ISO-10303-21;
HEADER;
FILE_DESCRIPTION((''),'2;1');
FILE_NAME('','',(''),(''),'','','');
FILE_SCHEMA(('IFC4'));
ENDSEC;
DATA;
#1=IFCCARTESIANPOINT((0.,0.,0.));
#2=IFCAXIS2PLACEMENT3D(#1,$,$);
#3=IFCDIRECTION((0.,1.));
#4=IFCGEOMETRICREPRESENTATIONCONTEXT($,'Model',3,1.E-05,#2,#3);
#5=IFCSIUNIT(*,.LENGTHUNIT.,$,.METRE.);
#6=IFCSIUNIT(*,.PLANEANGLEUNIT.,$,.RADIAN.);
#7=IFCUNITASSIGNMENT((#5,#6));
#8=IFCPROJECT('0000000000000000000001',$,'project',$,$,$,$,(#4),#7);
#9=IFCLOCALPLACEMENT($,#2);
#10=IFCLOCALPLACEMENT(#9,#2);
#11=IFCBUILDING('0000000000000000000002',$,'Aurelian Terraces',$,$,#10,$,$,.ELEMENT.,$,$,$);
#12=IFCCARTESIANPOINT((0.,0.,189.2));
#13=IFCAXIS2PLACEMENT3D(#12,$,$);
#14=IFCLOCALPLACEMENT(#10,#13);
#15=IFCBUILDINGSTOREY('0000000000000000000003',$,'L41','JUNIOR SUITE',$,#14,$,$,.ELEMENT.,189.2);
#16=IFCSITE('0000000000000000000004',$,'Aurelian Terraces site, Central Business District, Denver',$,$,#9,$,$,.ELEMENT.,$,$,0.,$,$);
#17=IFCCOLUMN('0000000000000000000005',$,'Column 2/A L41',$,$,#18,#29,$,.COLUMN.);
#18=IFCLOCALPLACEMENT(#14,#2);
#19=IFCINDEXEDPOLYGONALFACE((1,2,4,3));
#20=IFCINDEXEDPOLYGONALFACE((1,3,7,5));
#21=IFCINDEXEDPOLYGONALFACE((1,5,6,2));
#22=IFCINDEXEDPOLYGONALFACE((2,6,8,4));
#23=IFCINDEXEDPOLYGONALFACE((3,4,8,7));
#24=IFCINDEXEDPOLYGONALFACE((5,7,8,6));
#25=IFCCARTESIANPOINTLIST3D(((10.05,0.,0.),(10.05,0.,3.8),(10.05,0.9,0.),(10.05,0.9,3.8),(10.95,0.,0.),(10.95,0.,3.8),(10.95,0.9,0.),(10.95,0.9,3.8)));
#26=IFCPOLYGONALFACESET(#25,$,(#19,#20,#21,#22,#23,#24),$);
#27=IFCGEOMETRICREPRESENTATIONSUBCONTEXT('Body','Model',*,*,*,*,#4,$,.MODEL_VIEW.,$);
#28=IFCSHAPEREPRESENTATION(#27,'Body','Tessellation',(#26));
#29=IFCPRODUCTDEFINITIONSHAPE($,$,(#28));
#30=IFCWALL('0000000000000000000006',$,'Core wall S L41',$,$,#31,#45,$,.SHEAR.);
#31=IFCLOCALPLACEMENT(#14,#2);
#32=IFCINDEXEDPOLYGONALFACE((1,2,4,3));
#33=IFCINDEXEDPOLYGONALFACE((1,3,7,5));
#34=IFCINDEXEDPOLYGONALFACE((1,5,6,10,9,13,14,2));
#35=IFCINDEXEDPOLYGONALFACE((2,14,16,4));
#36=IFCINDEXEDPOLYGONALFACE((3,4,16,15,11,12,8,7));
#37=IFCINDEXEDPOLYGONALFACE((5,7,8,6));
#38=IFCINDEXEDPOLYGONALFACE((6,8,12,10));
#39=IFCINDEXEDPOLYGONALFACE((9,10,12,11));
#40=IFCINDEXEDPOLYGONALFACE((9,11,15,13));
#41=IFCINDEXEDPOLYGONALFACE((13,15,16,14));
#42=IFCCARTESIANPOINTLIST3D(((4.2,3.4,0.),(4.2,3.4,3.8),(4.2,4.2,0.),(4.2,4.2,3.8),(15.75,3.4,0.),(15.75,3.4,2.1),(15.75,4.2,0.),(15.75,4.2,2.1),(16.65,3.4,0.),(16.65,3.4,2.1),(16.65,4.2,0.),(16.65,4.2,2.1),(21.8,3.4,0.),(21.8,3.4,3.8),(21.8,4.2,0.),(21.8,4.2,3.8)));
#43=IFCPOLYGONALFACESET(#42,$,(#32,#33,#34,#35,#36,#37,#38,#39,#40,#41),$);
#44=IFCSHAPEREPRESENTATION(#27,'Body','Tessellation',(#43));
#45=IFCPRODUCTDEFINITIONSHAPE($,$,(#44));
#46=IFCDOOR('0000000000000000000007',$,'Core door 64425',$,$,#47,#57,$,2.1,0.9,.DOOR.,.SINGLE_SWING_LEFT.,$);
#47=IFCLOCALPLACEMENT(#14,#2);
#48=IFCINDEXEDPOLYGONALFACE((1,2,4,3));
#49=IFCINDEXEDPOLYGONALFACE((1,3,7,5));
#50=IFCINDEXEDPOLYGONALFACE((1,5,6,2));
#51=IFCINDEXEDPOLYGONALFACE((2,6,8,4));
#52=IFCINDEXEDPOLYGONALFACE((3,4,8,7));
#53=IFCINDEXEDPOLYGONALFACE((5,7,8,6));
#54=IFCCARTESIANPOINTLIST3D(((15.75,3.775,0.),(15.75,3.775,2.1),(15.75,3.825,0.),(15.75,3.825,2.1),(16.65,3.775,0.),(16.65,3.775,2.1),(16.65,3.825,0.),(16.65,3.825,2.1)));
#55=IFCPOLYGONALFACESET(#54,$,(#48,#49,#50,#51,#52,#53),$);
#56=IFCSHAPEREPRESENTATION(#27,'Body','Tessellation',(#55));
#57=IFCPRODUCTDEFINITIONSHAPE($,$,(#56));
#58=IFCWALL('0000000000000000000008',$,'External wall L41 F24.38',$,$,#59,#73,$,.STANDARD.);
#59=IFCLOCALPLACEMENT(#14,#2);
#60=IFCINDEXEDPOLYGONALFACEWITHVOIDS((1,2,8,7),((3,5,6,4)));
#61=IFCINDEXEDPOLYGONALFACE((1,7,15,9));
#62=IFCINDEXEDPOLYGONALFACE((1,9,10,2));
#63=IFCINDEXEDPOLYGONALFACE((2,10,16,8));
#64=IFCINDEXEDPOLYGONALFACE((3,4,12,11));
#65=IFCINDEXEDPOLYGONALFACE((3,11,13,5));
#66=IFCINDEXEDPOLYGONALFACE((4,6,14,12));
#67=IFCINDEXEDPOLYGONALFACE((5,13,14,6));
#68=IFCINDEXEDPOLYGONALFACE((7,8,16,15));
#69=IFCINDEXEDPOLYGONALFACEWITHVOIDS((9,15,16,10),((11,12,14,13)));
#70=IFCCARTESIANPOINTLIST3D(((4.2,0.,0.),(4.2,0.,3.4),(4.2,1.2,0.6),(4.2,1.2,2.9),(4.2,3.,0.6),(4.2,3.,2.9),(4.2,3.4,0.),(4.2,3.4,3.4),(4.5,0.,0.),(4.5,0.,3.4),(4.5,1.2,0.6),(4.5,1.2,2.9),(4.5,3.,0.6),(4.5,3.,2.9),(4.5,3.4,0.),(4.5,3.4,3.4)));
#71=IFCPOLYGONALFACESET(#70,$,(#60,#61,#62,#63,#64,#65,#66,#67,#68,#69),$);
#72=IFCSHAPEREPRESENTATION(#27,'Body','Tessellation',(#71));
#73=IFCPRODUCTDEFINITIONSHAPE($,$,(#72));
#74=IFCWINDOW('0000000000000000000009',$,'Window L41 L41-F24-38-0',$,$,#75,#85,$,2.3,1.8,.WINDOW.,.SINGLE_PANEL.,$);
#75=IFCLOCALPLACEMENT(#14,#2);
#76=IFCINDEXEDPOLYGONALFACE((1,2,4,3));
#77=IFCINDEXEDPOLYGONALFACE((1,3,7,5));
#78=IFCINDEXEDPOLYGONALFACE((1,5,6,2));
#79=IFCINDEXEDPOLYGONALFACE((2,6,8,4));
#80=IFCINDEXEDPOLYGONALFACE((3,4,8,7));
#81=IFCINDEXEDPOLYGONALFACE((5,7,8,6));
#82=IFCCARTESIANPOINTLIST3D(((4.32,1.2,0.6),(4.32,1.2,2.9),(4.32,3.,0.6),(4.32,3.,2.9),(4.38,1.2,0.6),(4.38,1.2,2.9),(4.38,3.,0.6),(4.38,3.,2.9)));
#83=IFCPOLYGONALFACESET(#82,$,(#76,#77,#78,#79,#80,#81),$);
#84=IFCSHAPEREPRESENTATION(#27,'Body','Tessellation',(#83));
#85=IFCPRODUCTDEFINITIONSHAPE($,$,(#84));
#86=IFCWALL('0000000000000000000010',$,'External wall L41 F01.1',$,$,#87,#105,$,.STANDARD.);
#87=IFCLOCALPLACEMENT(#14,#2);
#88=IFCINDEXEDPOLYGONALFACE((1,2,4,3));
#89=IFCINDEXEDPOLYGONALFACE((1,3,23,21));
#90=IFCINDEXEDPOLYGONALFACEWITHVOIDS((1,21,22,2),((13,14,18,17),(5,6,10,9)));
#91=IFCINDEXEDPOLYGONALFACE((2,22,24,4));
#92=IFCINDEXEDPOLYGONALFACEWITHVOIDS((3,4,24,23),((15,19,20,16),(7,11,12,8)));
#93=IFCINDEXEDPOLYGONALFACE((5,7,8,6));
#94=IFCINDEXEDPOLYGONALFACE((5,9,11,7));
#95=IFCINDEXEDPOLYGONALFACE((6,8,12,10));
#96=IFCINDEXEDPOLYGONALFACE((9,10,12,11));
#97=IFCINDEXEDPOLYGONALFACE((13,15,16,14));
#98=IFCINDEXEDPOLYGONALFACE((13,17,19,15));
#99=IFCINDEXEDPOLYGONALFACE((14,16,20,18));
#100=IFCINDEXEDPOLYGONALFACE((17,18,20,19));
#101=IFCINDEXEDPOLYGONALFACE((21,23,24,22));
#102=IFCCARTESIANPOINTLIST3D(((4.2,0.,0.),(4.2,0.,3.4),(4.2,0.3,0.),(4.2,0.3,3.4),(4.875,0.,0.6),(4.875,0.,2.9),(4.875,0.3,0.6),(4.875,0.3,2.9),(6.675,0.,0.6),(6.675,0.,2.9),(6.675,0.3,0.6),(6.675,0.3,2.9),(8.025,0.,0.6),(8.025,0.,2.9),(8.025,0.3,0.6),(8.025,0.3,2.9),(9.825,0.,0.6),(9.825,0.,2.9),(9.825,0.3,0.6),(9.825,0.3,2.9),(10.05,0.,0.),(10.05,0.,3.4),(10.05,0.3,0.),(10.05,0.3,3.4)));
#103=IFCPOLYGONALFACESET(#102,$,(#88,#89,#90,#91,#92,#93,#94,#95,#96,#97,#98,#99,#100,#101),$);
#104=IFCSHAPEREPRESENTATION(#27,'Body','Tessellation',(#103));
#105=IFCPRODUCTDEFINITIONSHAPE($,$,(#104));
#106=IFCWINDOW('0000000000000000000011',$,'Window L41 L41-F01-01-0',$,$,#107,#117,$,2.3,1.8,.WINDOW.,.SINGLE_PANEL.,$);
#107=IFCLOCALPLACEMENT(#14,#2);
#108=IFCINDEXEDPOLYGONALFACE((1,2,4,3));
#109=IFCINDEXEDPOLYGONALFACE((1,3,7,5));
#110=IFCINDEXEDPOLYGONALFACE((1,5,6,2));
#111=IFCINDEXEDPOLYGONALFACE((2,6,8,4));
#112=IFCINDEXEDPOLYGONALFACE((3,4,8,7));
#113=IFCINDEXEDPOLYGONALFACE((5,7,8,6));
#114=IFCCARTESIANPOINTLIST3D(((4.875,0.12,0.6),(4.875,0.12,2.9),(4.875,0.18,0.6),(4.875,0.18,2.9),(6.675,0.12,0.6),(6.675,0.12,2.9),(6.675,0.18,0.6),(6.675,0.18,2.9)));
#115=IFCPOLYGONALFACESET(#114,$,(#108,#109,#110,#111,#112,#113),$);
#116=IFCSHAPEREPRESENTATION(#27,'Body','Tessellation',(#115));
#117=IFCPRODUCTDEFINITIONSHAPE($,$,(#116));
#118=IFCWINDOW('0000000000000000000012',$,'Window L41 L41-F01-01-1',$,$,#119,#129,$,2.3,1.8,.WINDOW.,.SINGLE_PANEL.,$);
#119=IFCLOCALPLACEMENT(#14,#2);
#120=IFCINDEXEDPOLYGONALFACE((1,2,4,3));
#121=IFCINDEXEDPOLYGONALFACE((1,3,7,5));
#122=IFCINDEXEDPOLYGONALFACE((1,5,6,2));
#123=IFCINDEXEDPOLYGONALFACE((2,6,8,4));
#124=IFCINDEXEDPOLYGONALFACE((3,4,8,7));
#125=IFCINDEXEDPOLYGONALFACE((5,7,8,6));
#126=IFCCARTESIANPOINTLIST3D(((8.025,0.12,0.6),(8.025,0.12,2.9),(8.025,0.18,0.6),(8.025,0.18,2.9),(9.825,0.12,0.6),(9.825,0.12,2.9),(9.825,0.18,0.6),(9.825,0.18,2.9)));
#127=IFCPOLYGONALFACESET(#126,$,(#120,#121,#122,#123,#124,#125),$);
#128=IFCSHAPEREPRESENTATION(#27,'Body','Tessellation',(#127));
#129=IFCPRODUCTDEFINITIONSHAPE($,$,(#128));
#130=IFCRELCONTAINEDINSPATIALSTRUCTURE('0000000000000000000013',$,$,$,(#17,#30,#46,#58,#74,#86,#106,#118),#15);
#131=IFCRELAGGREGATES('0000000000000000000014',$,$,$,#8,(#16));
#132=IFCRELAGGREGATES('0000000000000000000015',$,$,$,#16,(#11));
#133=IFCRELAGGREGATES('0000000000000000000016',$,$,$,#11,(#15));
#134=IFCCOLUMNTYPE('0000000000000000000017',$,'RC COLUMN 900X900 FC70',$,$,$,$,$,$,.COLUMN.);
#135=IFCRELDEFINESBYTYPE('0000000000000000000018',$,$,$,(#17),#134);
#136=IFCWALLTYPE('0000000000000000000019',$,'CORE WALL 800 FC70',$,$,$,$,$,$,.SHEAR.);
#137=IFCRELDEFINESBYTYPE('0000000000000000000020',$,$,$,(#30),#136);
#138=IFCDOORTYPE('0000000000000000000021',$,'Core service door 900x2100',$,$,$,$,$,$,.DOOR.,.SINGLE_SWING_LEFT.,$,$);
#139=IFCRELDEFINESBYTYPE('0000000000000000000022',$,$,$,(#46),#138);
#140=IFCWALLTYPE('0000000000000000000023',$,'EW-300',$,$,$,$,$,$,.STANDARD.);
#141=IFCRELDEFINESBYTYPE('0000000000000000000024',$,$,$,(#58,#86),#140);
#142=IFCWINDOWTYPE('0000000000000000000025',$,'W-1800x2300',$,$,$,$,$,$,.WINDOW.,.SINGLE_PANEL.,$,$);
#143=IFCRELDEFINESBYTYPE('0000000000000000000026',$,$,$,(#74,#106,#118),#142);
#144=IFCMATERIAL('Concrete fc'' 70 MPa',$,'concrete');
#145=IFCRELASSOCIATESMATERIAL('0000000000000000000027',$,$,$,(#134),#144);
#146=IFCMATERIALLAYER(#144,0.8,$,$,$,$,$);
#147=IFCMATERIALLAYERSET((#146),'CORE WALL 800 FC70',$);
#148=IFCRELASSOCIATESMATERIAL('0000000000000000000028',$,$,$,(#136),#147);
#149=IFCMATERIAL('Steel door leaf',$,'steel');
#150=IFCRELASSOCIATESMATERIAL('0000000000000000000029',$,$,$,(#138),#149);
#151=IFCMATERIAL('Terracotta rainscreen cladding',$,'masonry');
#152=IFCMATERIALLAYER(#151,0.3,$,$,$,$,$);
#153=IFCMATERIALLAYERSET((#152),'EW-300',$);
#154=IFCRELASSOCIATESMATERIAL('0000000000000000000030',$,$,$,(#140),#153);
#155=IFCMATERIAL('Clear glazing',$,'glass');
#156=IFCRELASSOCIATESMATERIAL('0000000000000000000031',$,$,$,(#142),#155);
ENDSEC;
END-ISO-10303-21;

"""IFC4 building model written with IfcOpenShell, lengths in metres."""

from ifc_helpers import new_model, si_unit, direction, frame, frame_2d, origin, origin_2d, place, context, subcontext, project, spatial, rectangle, extrude, source, transform, mapped, material, layer, layer_set, material_profile, profile_set, type_object, element, fill, save


model = new_model("IFC4")

# Units and contexts
model_context = context("Model", 3, precision=1e-05, world=origin(), true_north=direction((0.0, 1.0)))
body_context = subcontext(model_context, "Body", "Model", "MODEL_VIEW")
ifc_project = project(units=[si_unit("LENGTHUNIT", "METRE"), si_unit("PLANEANGLEUNIT", "RADIAN")], contexts=[model_context])

# Site, building, storey
site_placement = place(None, origin())
site = spatial("IfcSite", under=ifc_project, at=site_placement, Name="Aurelian Terraces site, Central Business District, Denver", CompositionType="ELEMENT", RefElevation=0.0)
building_placement = place(site_placement, origin())
building = spatial("IfcBuilding", under=site, at=building_placement, Name="Aurelian Terraces", CompositionType="ELEMENT")
storey_placement = place(building_placement, frame((0.0, 0.0, 189.2)))
storey = spatial("IfcBuildingStorey", under=building, at=storey_placement, Name="L41", Description="JUNIOR SUITE", CompositionType="ELEMENT", Elevation=189.2)

# Column
ifc_material_1 = material(Name="Concrete fc' 70 MPa", Category="concrete")
ifc_material_profile = material_profile(ifc_material_1, rectangle(XDim=0.9, YDim=0.9, at=origin_2d()))
ifc_profile_set = profile_set([ifc_material_profile], Name="Concrete fc' 70 MPa")
column_type = type_object("IfcColumnType", Name="RC COLUMN 900X900 FC70", PredefinedType="COLUMN", material=ifc_profile_set)
shared_shape_1 = source(origin(), body_context, "Body", "SweptSolid", [
    extrude(rectangle(XDim=0.9, YDim=0.9, at=origin_2d()), origin(), (0.0, 0.0, 1.0), 3.8),
])
column_placement = place(storey_placement, frame((10.5, 0.45, 0.0), z_axis=(0.0, 0.0, 1.0), x_axis=(1.0, 0.0, 0.0)))
element("IfcColumn", 1, at=column_placement, inside=storey, type_object=column_type, Name="Column 2/A L41", PredefinedType="COLUMN", context=body_context, shape_type="MappedRepresentation", body=[
    mapped(shared_shape_1, transform((0.0, 0.0, 0.0), scale=1.0)),
])

# Wall, opening, door
ifc_layer_1 = layer(ifc_material_1, 0.8)
ifc_layer_set_1 = layer_set([ifc_layer_1], Name="CORE WALL 800 FC70")
wall_type_1 = type_object("IfcWallType", Name="CORE WALL 800 FC70", PredefinedType="SHEAR", material=ifc_layer_set_1)
shared_shape_2 = source(origin(), body_context, "Body", "SweptSolid", [
    extrude(rectangle(XDim=17.6, YDim=0.8, at=frame_2d((8.8, 0.0))), origin(), (0.0, 0.0, 1.0), 3.8),
])
wall_1_placement = place(storey_placement, frame((4.2, 3.8, 0.0), z_axis=(0.0, 0.0, 1.0), x_axis=(1.0, 0.0, 0.0)))
wall_1 = element("IfcWall", 2, at=wall_1_placement, inside=storey, type_object=wall_type_1, Name="Core wall S L41", PredefinedType="SHEAR", context=body_context, shape_type="MappedRepresentation", body=[
    mapped(shared_shape_2, transform((0.0, 0.0, 0.0), scale=1.0)),
])
shared_shape_3 = source(origin(), body_context, "Body", "SweptSolid", [
    extrude(rectangle(XDim=0.9, YDim=2.1, at=frame_2d((0.45, 1.05))), frame((0.0, 0.41, 0.0), z_axis=(0.0, -1.0, 0.0), x_axis=(1.0, 0.0, 0.0)), (0.0, 0.0, 1.0), 0.82),
])
opening_1_placement = place(wall_1_placement, frame((11.55, 0.0, 0.0)))
opening_1 = element("IfcOpeningElement", 3, at=opening_1_placement, cuts=wall_1, PredefinedType="OPENING", context=body_context, shape_type="MappedRepresentation", body=[
    mapped(shared_shape_3, transform((0.0, 0.0, 0.0), scale=1.0)),
])
ifc_material_2 = material(Name="Steel door leaf", Category="steel")
door_type_1 = type_object("IfcDoorType", Name="Core service door 900x2100", OperationType="SINGLE_SWING_LEFT", PredefinedType="DOOR", material=ifc_material_2)
shared_shape_4 = source(origin(), body_context, "Body", "SweptSolid", [
    extrude(rectangle(XDim=0.9, YDim=2.1, at=frame_2d((0.45, 1.05))), frame((0.0, 0.025, 0.0), z_axis=(0.0, -1.0, 0.0), x_axis=(1.0, 0.0, 0.0)), (0.0, 0.0, 1.0), 0.05),
])
door_1_placement = place(opening_1_placement, origin())
door_1 = element("IfcDoor", 4, at=door_1_placement, inside=storey, type_object=door_type_1, Name="Core door 64425", OperationType="SINGLE_SWING_LEFT", OverallHeight=2.1, OverallWidth=0.9, PredefinedType="DOOR", context=body_context, shape_type="MappedRepresentation", body=[
    mapped(shared_shape_4, transform((0.0, 0.0, 0.0), scale=1.0)),
])
fill(opening_1, door_1)

# Wall, opening, window
ifc_material_3 = material(Name="Terracotta rainscreen cladding", Category="masonry")
ifc_layer_2 = layer(ifc_material_3, 0.3)
ifc_layer_set_2 = layer_set([ifc_layer_2], Name="EW-300")
wall_type_2 = type_object("IfcWallType", Name="EW-300", PredefinedType="STANDARD", material=ifc_layer_set_2)
shared_shape_5 = source(origin(), body_context, "Body", "SweptSolid", [
    extrude(rectangle(XDim=3.4, YDim=0.3, at=frame_2d((1.7, 0.0))), origin(), (0.0, 0.0, 1.0), 3.4),
])
wall_2_placement = place(storey_placement, frame((4.35, 3.4, 0.0), z_axis=(0.0, 0.0, 1.0), x_axis=(0.0, -1.0, 0.0)))
wall_2 = element("IfcWall", 5, at=wall_2_placement, inside=storey, type_object=wall_type_2, Name="External wall L41 F24.38", PredefinedType="STANDARD", context=body_context, shape_type="MappedRepresentation", body=[
    mapped(shared_shape_5, transform((0.0, 0.0, 0.0), scale=1.0)),
])
shared_shape_6 = source(origin(), body_context, "Body", "SweptSolid", [
    extrude(rectangle(XDim=1.8, YDim=2.3, at=frame_2d((0.9, 1.15))), frame((0.0, 0.16, 0.0), z_axis=(0.0, -1.0, 0.0), x_axis=(1.0, 0.0, 0.0)), (0.0, 0.0, 1.0), 0.32),
])
opening_2_placement = place(wall_2_placement, frame((0.4, 0.0, 0.6)))
opening_2 = element("IfcOpeningElement", 6, at=opening_2_placement, cuts=wall_2, PredefinedType="OPENING", context=body_context, shape_type="MappedRepresentation", body=[
    mapped(shared_shape_6, transform((0.0, 0.0, 0.0), scale=1.0)),
])
ifc_material_4 = material(Name="Clear glazing", Category="glass")
window_type_1 = type_object("IfcWindowType", Name="W-1800x2300", PartitioningType="SINGLE_PANEL", PredefinedType="WINDOW", material=ifc_material_4)
shared_shape_7 = source(origin(), body_context, "Body", "SweptSolid", [
    extrude(rectangle(XDim=1.8, YDim=2.3, at=frame_2d((0.9, 1.15))), frame((0.0, 0.03, 0.0), z_axis=(0.0, -1.0, 0.0), x_axis=(1.0, 0.0, 0.0)), (0.0, 0.0, 1.0), 0.06),
])
window_1_placement = place(opening_2_placement, origin())
window_1 = element("IfcWindow", 7, at=window_1_placement, inside=storey, type_object=window_type_1, Name="Window L41 L41-F24-38-0", OverallHeight=2.3, OverallWidth=1.8, PartitioningType="SINGLE_PANEL", PredefinedType="WINDOW", context=body_context, shape_type="MappedRepresentation", body=[
    mapped(shared_shape_7, transform((0.0, 0.0, 0.0), scale=1.0)),
])
fill(opening_2, window_1)

# Wall, openings, windows
shared_shape_8 = source(origin(), body_context, "Body", "SweptSolid", [
    extrude(rectangle(XDim=5.85, YDim=0.3, at=frame_2d((2.925, 0.0))), origin(), (0.0, 0.0, 1.0), 3.4),
])
wall_3_placement = place(storey_placement, frame((4.2, 0.15, 0.0), z_axis=(0.0, 0.0, 1.0), x_axis=(1.0, 0.0, 0.0)))
wall_3 = element("IfcWall", 8, at=wall_3_placement, inside=storey, type_object=wall_type_2, Name="External wall L41 F01.1", PredefinedType="STANDARD", context=body_context, shape_type="MappedRepresentation", body=[
    mapped(shared_shape_8, transform((0.0, 0.0, 0.0), scale=1.0)),
])
opening_3_placement = place(wall_3_placement, frame((0.675, 0.0, 0.6)))
opening_3 = element("IfcOpeningElement", 9, at=opening_3_placement, cuts=wall_3, PredefinedType="OPENING", context=body_context, shape_type="MappedRepresentation", body=[
    mapped(shared_shape_6, transform((0.0, 0.0, 0.0), scale=1.0)),
])
opening_4_placement = place(wall_3_placement, frame((3.825, 0.0, 0.6)))
opening_4 = element("IfcOpeningElement", 10, at=opening_4_placement, cuts=wall_3, PredefinedType="OPENING", context=body_context, shape_type="MappedRepresentation", body=[
    mapped(shared_shape_6, transform((0.0, 0.0, 0.0), scale=1.0)),
])
window_2_placement = place(opening_3_placement, origin())
window_2 = element("IfcWindow", 11, at=window_2_placement, inside=storey, type_object=window_type_1, Name="Window L41 L41-F01-01-0", OverallHeight=2.3, OverallWidth=1.8, PartitioningType="SINGLE_PANEL", PredefinedType="WINDOW", context=body_context, shape_type="MappedRepresentation", body=[
    mapped(shared_shape_7, transform((0.0, 0.0, 0.0), scale=1.0)),
])
fill(opening_3, window_2)
window_3_placement = place(opening_4_placement, origin())
window_3 = element("IfcWindow", 12, at=window_3_placement, inside=storey, type_object=window_type_1, Name="Window L41 L41-F01-01-1", OverallHeight=2.3, OverallWidth=1.8, PartitioningType="SINGLE_PANEL", PredefinedType="WINDOW", context=body_context, shape_type="MappedRepresentation", body=[
    mapped(shared_shape_7, transform((0.0, 0.0, 0.0), scale=1.0)),
])
fill(opening_4, window_3)

save(model, "model.ifc")
